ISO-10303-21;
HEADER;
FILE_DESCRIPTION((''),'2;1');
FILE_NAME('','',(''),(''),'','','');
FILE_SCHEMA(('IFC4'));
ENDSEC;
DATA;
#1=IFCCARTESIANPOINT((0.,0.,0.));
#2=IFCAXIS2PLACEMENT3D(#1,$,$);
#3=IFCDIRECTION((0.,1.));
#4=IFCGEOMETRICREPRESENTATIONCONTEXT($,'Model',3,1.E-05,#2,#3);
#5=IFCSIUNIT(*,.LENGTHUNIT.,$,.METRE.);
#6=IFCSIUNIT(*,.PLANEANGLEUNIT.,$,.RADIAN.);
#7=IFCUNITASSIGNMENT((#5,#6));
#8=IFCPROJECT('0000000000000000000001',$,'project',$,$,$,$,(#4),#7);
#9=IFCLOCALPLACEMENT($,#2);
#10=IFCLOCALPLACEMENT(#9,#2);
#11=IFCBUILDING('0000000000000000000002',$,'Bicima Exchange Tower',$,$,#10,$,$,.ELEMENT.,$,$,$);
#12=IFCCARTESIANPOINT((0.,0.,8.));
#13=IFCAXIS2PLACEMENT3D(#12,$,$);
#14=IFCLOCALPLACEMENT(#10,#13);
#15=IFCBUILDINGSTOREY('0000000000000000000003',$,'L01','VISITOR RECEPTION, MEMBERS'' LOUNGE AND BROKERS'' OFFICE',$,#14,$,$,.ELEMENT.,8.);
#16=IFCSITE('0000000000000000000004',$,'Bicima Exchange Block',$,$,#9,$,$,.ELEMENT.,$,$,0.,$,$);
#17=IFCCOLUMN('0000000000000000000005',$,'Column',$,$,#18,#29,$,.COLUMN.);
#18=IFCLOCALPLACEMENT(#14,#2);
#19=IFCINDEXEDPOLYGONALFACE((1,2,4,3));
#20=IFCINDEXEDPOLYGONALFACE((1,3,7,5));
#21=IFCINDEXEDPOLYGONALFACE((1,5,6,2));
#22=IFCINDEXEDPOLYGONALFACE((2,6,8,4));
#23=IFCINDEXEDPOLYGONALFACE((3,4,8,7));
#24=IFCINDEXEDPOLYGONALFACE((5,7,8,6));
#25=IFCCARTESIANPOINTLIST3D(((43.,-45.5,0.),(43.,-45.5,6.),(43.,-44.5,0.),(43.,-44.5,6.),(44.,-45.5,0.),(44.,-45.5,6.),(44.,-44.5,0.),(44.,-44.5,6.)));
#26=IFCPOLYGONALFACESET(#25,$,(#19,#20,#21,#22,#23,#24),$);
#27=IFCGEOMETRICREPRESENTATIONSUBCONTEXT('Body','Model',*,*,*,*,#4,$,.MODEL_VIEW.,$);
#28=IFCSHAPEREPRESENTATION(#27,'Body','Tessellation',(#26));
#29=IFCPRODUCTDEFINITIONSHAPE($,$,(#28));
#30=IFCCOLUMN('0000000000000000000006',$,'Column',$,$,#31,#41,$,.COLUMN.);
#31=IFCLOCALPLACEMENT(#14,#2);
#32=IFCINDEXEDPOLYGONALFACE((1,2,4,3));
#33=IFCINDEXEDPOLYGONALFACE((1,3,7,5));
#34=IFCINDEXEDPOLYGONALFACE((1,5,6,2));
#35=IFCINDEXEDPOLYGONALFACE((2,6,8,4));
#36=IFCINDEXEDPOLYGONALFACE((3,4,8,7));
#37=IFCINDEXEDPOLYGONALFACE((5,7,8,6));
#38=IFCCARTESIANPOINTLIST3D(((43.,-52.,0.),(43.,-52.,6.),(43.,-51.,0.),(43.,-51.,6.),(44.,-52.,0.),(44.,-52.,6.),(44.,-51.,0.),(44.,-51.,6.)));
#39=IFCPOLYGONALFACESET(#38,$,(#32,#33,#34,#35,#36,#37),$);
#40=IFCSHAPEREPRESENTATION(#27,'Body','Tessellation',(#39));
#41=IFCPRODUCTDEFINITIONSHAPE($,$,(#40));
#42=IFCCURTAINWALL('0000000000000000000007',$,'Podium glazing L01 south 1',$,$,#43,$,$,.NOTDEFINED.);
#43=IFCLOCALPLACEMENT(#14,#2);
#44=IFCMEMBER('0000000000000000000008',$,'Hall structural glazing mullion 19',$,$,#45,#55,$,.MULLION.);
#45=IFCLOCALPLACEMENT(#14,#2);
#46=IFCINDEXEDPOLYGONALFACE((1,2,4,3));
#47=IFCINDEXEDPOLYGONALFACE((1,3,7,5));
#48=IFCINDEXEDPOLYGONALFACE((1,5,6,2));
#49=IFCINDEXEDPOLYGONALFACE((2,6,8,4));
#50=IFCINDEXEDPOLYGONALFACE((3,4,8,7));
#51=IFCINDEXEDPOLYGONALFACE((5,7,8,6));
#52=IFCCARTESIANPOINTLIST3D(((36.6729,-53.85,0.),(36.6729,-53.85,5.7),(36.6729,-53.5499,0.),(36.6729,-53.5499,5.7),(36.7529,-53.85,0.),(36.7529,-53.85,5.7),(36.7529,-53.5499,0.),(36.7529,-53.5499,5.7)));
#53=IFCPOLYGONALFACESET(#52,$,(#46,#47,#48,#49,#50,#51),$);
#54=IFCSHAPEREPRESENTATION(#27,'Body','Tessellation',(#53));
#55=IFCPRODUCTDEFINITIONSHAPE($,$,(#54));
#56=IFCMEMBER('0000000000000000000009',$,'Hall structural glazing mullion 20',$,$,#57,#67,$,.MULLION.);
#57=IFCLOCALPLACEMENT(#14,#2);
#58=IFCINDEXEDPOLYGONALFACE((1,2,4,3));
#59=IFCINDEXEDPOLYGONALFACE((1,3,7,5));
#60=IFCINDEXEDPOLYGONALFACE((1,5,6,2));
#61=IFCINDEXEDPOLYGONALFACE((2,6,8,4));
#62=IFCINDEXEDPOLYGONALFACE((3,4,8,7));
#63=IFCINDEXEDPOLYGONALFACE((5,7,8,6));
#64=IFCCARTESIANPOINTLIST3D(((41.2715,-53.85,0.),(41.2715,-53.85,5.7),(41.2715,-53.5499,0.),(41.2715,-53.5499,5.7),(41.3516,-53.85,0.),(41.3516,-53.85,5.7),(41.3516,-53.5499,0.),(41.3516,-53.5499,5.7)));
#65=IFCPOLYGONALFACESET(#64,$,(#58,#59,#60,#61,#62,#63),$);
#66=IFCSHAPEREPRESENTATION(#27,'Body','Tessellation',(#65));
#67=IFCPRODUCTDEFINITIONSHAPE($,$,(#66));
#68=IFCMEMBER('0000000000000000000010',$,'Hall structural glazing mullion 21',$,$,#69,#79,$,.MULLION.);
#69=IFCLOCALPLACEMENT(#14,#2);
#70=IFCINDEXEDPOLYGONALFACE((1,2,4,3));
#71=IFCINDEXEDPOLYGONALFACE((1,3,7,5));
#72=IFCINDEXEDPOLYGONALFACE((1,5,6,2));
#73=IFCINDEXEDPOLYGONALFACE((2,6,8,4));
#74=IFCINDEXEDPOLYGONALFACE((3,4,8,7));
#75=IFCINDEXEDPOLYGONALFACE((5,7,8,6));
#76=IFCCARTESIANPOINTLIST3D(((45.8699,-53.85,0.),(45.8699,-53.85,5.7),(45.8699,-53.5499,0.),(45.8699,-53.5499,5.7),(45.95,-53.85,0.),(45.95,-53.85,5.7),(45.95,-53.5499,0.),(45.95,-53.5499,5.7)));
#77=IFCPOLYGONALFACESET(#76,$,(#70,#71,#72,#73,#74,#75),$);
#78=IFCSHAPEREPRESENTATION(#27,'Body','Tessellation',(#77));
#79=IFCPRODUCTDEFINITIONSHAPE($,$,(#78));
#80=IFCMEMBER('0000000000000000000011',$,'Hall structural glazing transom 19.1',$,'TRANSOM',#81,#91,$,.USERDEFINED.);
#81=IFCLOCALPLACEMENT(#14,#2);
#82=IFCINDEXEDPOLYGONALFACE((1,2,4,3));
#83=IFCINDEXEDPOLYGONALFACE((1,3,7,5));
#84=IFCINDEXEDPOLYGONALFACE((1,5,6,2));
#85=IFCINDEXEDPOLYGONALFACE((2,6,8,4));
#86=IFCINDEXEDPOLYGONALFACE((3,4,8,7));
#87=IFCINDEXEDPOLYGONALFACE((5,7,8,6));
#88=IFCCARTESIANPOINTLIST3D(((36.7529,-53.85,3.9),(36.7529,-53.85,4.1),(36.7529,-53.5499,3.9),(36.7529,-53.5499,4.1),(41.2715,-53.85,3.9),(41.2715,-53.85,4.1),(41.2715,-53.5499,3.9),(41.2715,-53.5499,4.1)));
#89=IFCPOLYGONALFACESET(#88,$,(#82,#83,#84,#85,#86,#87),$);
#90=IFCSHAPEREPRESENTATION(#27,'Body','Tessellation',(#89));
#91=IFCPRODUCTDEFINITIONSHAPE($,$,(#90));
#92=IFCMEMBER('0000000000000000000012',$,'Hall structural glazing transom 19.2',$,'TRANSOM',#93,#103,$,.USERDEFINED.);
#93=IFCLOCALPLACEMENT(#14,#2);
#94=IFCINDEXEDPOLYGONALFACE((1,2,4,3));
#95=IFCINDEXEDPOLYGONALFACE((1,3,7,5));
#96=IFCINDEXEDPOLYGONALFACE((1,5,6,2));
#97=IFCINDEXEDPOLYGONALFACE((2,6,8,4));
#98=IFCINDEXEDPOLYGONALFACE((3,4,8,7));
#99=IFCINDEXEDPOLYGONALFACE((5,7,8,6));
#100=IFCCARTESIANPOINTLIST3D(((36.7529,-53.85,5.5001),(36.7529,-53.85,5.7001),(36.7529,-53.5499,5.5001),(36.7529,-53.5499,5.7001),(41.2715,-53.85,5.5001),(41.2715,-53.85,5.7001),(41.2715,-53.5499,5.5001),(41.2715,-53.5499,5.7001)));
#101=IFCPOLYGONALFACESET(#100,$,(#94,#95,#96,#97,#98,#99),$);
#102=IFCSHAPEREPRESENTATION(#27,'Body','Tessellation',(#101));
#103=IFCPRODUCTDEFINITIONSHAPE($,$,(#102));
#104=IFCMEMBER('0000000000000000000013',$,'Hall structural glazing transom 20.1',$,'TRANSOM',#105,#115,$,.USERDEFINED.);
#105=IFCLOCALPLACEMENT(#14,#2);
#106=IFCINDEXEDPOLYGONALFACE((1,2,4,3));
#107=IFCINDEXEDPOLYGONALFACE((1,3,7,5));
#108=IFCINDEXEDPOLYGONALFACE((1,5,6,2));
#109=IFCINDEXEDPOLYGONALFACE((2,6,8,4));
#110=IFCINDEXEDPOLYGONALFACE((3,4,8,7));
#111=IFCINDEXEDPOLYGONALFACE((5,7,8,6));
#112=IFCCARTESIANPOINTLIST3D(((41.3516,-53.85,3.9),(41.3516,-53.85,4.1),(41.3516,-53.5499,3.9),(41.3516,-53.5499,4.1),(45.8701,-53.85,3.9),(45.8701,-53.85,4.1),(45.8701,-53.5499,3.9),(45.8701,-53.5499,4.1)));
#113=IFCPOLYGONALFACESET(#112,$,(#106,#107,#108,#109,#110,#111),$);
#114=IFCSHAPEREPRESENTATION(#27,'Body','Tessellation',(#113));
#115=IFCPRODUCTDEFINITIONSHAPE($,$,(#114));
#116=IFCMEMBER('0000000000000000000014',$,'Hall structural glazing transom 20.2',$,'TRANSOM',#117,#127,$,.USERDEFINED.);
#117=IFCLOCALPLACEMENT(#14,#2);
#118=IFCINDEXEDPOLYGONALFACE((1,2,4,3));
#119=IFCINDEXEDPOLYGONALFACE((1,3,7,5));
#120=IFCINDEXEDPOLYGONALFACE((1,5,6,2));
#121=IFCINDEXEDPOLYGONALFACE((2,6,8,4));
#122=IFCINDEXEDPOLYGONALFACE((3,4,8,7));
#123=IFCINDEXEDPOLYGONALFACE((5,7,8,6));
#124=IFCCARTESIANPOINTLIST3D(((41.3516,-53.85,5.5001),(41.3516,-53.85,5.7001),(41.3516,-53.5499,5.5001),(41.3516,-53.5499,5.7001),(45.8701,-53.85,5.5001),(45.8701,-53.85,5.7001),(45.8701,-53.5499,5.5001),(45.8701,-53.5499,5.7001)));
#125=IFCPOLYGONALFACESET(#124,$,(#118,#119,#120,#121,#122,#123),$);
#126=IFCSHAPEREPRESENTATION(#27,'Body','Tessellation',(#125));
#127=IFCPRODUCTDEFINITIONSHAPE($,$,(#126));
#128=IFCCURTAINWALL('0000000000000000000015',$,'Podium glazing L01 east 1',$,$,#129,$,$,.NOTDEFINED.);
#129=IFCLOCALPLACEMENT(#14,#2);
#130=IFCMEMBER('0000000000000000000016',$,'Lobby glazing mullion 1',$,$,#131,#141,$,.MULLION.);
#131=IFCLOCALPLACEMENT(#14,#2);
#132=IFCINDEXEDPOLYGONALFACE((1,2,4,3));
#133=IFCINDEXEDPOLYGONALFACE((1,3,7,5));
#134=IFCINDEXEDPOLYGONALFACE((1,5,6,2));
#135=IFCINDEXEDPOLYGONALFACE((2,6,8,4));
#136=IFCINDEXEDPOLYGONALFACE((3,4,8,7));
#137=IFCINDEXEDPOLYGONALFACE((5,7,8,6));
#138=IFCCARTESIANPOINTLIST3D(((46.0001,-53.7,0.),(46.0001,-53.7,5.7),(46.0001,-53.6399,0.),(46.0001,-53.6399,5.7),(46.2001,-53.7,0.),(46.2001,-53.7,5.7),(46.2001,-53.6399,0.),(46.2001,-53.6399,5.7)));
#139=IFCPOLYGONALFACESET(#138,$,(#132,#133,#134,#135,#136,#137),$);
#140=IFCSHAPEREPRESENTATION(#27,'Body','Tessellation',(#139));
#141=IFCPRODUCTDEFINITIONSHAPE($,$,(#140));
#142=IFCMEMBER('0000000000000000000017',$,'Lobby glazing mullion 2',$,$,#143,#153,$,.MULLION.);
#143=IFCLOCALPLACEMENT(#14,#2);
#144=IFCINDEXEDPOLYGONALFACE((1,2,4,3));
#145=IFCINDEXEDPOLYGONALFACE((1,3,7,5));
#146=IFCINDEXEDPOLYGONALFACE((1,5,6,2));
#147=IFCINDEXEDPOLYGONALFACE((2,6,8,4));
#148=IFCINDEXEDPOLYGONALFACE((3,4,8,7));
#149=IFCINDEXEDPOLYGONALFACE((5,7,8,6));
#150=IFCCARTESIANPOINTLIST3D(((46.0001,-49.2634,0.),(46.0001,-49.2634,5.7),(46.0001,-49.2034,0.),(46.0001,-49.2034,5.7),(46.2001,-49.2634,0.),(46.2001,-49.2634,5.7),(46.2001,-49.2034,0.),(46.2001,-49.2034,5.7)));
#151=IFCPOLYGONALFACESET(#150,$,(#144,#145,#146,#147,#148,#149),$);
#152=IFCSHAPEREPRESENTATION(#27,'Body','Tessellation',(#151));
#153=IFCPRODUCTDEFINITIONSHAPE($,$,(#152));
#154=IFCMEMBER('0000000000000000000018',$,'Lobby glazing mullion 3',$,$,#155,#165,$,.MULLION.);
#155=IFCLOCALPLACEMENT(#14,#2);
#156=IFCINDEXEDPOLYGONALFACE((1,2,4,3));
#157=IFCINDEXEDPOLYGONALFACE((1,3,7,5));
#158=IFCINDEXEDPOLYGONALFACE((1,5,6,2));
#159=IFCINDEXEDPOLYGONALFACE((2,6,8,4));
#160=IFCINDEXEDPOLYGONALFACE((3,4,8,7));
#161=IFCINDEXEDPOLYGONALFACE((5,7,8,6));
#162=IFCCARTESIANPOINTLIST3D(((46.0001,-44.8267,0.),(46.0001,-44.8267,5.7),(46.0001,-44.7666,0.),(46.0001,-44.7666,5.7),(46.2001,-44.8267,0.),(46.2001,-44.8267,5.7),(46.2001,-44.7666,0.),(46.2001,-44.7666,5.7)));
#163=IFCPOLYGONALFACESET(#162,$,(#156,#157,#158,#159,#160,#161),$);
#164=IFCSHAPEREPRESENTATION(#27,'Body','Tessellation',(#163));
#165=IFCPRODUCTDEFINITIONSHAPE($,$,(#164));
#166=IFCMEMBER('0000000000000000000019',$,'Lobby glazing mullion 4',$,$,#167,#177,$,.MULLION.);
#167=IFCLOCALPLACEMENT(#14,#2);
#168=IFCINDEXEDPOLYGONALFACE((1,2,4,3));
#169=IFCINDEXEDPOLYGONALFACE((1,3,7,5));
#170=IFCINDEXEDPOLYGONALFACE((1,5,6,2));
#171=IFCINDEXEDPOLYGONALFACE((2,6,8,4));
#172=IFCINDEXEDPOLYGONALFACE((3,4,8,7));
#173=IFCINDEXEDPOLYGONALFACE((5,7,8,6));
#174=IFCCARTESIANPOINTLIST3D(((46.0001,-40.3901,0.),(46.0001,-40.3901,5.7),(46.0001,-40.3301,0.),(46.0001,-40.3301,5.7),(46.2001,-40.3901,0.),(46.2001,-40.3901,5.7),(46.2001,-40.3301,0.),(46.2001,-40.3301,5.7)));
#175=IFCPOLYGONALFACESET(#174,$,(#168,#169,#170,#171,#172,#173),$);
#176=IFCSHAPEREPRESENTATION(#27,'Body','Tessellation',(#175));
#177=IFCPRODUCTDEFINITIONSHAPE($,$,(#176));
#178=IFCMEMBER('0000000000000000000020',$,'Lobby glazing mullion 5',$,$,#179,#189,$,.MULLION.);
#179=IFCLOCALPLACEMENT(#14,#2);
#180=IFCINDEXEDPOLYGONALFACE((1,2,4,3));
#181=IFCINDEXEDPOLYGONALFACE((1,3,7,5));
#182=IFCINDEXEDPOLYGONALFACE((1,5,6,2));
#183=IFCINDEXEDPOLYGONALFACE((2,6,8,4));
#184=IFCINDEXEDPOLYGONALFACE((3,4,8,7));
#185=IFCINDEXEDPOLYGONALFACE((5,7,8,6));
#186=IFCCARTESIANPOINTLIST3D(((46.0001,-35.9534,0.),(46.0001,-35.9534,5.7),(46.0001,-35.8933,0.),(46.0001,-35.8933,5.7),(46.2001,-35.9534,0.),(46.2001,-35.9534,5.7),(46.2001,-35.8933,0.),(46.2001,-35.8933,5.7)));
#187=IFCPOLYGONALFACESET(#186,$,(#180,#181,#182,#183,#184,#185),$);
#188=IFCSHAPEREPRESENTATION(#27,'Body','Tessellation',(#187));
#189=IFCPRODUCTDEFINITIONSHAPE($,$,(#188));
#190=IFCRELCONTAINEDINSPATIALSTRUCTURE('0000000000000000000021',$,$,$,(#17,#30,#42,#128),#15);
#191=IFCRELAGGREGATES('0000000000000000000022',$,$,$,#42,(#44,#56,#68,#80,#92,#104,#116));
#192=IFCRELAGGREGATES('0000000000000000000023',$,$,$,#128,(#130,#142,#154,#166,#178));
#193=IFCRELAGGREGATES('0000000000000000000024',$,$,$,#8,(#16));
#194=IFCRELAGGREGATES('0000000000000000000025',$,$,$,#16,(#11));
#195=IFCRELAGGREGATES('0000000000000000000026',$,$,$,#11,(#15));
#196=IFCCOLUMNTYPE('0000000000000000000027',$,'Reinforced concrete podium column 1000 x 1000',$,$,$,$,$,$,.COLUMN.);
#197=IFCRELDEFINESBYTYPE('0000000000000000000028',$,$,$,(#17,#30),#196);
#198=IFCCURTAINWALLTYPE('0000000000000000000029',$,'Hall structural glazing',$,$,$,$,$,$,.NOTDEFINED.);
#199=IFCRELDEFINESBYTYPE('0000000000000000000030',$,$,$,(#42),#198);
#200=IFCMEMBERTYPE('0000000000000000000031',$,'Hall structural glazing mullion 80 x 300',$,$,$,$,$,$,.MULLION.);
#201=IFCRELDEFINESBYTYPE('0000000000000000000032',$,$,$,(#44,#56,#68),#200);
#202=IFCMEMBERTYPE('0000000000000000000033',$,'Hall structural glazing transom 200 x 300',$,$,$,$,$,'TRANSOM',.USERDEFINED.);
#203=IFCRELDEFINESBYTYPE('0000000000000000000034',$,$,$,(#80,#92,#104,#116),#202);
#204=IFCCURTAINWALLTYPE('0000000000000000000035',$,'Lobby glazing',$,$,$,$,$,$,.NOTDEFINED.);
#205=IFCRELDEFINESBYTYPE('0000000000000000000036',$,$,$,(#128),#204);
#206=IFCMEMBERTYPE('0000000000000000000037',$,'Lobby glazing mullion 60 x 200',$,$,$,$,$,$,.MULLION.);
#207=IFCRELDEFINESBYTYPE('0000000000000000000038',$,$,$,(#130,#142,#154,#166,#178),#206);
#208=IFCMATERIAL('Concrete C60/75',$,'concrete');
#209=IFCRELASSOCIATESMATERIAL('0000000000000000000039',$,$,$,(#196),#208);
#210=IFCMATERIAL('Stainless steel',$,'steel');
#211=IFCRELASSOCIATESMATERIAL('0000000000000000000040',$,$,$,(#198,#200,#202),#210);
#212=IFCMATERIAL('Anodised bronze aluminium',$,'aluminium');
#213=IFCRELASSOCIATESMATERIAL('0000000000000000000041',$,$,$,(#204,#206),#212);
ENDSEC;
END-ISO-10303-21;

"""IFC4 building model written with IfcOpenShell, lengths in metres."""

from ifc_helpers import new_model, si_unit, direction, frame, origin, origin_2d, place, context, subcontext, project, spatial, rectangle, extrude, material, material_profile, profile_set, type_object, element, aggregate, save


model = new_model("IFC4")

# Units and contexts
model_context = context("Model", 3, precision=1e-05, world=origin(), true_north=direction((0.0, 1.0)))
body_context = subcontext(model_context, "Body", "Model", "MODEL_VIEW")
ifc_project = project(units=[si_unit("LENGTHUNIT", "METRE"), si_unit("PLANEANGLEUNIT", "RADIAN")], contexts=[model_context])

# Site, building, storey
site_placement = place(None, origin())
site = spatial("IfcSite", under=ifc_project, at=site_placement, Name="Bicima Exchange Block", CompositionType="ELEMENT", RefElevation=0.0)
building_placement = place(site_placement, origin())
building = spatial("IfcBuilding", under=site, at=building_placement, Name="Bicima Exchange Tower", CompositionType="ELEMENT")
storey_placement = place(building_placement, frame((0.0, 0.0, 8.0)))
storey = spatial("IfcBuildingStorey", under=building, at=storey_placement, Name="L01", Description="VISITOR RECEPTION, MEMBERS' LOUNGE AND BROKERS' OFFICE", CompositionType="ELEMENT", Elevation=8.0)

# Columns
ifc_material_1 = material(Name="Concrete C60/75", Category="concrete")
ifc_material_profile_1 = material_profile(ifc_material_1, rectangle(XDim=1.0, YDim=1.0, at=origin_2d()))
ifc_profile_set_1 = profile_set([ifc_material_profile_1], Name="Concrete C60/75")
column_type = type_object("IfcColumnType", Name="Reinforced concrete podium column 1000 x 1000", PredefinedType="COLUMN", material=ifc_profile_set_1)
for number, where, z_axis, x_axis, name in (
    (1, (43.5, -45.0, 0.0), (0.0, 0.0, 1.0), (1.0, 0.0, 0.0), "Column"),
    (2, (43.5, -51.5, 0.0), (0.0, 0.0, 1.0), (1.0, 0.0, 0.0), "Column"),
):
    element("IfcColumn", number, at=place(storey_placement, frame(where, z_axis=z_axis, x_axis=x_axis)), inside=storey, type_object=column_type, Name=name, PredefinedType="COLUMN", context=body_context, shape_type="SweptSolid", body=[
        extrude(rectangle(XDim=1.0, YDim=1.0, at=origin_2d()), origin(), (0.0, 0.0, 1.0), 6.0),
    ])

# Curtain walls, members
ifc_material_2 = material(Name="Stainless steel", Category="steel")
curtain_wall_type_1 = type_object("IfcCurtainWallType", Name="Hall structural glazing", PredefinedType="NOTDEFINED", material=ifc_material_2)
curtain_wall_1_placement = place(storey_placement, origin())
curtain_wall_1 = element("IfcCurtainWall", 3, at=curtain_wall_1_placement, inside=storey, type_object=curtain_wall_type_1, Name="Podium glazing L01 south 1", PredefinedType="NOTDEFINED")
ifc_material_profile_2 = material_profile(ifc_material_2, rectangle(XDim=0.3, YDim=0.0801, at=origin_2d()))
ifc_profile_set_2 = profile_set([ifc_material_profile_2], Name="Stainless steel")
member_type_1 = type_object("IfcMemberType", Name="Hall structural glazing mullion 80 x 300", PredefinedType="MULLION", material=ifc_profile_set_2)
member_1_placement = place(storey_placement, frame((36.7129, -53.7, 0.0), z_axis=(0.0, 0.0, 1.0), x_axis=(0.0, 1.0, 0.0)))
member_1 = element("IfcMember", 4, at=member_1_placement, type_object=member_type_1, Name="Hall structural glazing mullion 19", PredefinedType="MULLION", context=body_context, shape_type="SweptSolid", body=[
    extrude(rectangle(XDim=0.3, YDim=0.0801, at=origin_2d()), origin(), (0.0, 0.0, 1.0), 5.7),
])
member_2_placement = place(storey_placement, frame((41.3115, -53.7, 0.0), z_axis=(0.0, 0.0, 1.0), x_axis=(0.0, 1.0, 0.0)))
member_2 = element("IfcMember", 5, at=member_2_placement, type_object=member_type_1, Name="Hall structural glazing mullion 20", PredefinedType="MULLION", context=body_context, shape_type="SweptSolid", body=[
    extrude(rectangle(XDim=0.3, YDim=0.0801, at=origin_2d()), origin(), (0.0, 0.0, 1.0), 5.7),
])
member_3_placement = place(storey_placement, frame((45.9099, -53.7, 0.0), z_axis=(0.0, 0.0, 1.0), x_axis=(0.0, 1.0, 0.0)))
member_3 = element("IfcMember", 6, at=member_3_placement, type_object=member_type_1, Name="Hall structural glazing mullion 21", PredefinedType="MULLION", context=body_context, shape_type="SweptSolid", body=[
    extrude(rectangle(XDim=0.3, YDim=0.0801, at=origin_2d()), origin(), (0.0, 0.0, 1.0), 5.7),
])
ifc_material_profile_3 = material_profile(ifc_material_2, rectangle(XDim=0.3, YDim=0.2, at=origin_2d()))
ifc_profile_set_3 = profile_set([ifc_material_profile_3], Name="Stainless steel")
member_type_2 = type_object("IfcMemberType", Name="Hall structural glazing transom 200 x 300", ElementType="TRANSOM", PredefinedType="USERDEFINED", material=ifc_profile_set_3)
member_4_placement = place(storey_placement, frame((36.7529, -53.7, 4.0), z_axis=(1.0, 0.0, 0.0), x_axis=(0.0, 1.0, 0.0)))
member_4 = element("IfcMember", 7, at=member_4_placement, type_object=member_type_2, Name="Hall structural glazing transom 19.1", ObjectType="TRANSOM", PredefinedType="USERDEFINED", context=body_context, shape_type="SweptSolid", body=[
    extrude(rectangle(XDim=0.3, YDim=0.2, at=origin_2d()), origin(), (0.0, 0.0, 1.0), 4.5186),
])
member_5_placement = place(storey_placement, frame((36.7529, -53.7, 5.6001), z_axis=(1.0, 0.0, 0.0), x_axis=(0.0, 1.0, 0.0)))
member_5 = element("IfcMember", 8, at=member_5_placement, type_object=member_type_2, Name="Hall structural glazing transom 19.2", ObjectType="TRANSOM", PredefinedType="USERDEFINED", context=body_context, shape_type="SweptSolid", body=[
    extrude(rectangle(XDim=0.3, YDim=0.2, at=origin_2d()), origin(), (0.0, 0.0, 1.0), 4.5186),
])
member_6_placement = place(storey_placement, frame((41.3516, -53.7, 4.0), z_axis=(1.0, 0.0, 0.0), x_axis=(0.0, 1.0, 0.0)))
member_6 = element("IfcMember", 9, at=member_6_placement, type_object=member_type_2, Name="Hall structural glazing transom 20.1", ObjectType="TRANSOM", PredefinedType="USERDEFINED", context=body_context, shape_type="SweptSolid", body=[
    extrude(rectangle(XDim=0.3, YDim=0.2, at=origin_2d()), origin(), (0.0, 0.0, 1.0), 4.5186),
])
member_7_placement = place(storey_placement, frame((41.3516, -53.7, 5.6001), z_axis=(1.0, 0.0, 0.0), x_axis=(0.0, 1.0, 0.0)))
member_7 = element("IfcMember", 10, at=member_7_placement, type_object=member_type_2, Name="Hall structural glazing transom 20.2", ObjectType="TRANSOM", PredefinedType="USERDEFINED", context=body_context, shape_type="SweptSolid", body=[
    extrude(rectangle(XDim=0.3, YDim=0.2, at=origin_2d()), origin(), (0.0, 0.0, 1.0), 4.5186),
])
ifc_material_3 = material(Name="Anodised bronze aluminium", Category="aluminium")
curtain_wall_type_2 = type_object("IfcCurtainWallType", Name="Lobby glazing", PredefinedType="NOTDEFINED", material=ifc_material_3)
curtain_wall_2_placement = place(storey_placement, origin())
curtain_wall_2 = element("IfcCurtainWall", 11, at=curtain_wall_2_placement, inside=storey, type_object=curtain_wall_type_2, Name="Podium glazing L01 east 1", PredefinedType="NOTDEFINED")
ifc_material_profile_4 = material_profile(ifc_material_3, rectangle(XDim=0.2, YDim=0.0601, at=origin_2d()))
ifc_profile_set_4 = profile_set([ifc_material_profile_4], Name="Anodised bronze aluminium")
member_type_3 = type_object("IfcMemberType", Name="Lobby glazing mullion 60 x 200", PredefinedType="MULLION", material=ifc_profile_set_4)
member_8_placement = place(storey_placement, frame((46.1001, -53.6699, 0.0), z_axis=(0.0, 0.0, 1.0), x_axis=(-1.0, 0.0, 0.0)))
member_8 = element("IfcMember", 12, at=member_8_placement, type_object=member_type_3, Name="Lobby glazing mullion 1", PredefinedType="MULLION", context=body_context, shape_type="SweptSolid", body=[
    extrude(rectangle(XDim=0.2, YDim=0.0601, at=origin_2d()), origin(), (0.0, 0.0, 1.0), 5.7),
])
member_9_placement = place(storey_placement, frame((46.1001, -49.2334, 0.0), z_axis=(0.0, 0.0, 1.0), x_axis=(-1.0, 0.0, 0.0)))
member_9 = element("IfcMember", 13, at=member_9_placement, type_object=member_type_3, Name="Lobby glazing mullion 2", PredefinedType="MULLION", context=body_context, shape_type="SweptSolid", body=[
    extrude(rectangle(XDim=0.2, YDim=0.0601, at=origin_2d()), origin(), (0.0, 0.0, 1.0), 5.7),
])
member_10_placement = place(storey_placement, frame((46.1001, -44.7966, 0.0), z_axis=(0.0, 0.0, 1.0), x_axis=(-1.0, 0.0, 0.0)))
member_10 = element("IfcMember", 14, at=member_10_placement, type_object=member_type_3, Name="Lobby glazing mullion 3", PredefinedType="MULLION", context=body_context, shape_type="SweptSolid", body=[
    extrude(rectangle(XDim=0.2, YDim=0.0601, at=origin_2d()), origin(), (0.0, 0.0, 1.0), 5.7),
])
member_11_placement = place(storey_placement, frame((46.1001, -40.3601, 0.0), z_axis=(0.0, 0.0, 1.0), x_axis=(-1.0, 0.0, 0.0)))
member_11 = element("IfcMember", 15, at=member_11_placement, type_object=member_type_3, Name="Lobby glazing mullion 4", PredefinedType="MULLION", context=body_context, shape_type="SweptSolid", body=[
    extrude(rectangle(XDim=0.2, YDim=0.0601, at=origin_2d()), origin(), (0.0, 0.0, 1.0), 5.7),
])
member_12_placement = place(storey_placement, frame((46.1001, -35.9233, 0.0), z_axis=(0.0, 0.0, 1.0), x_axis=(-1.0, 0.0, 0.0)))
member_12 = element("IfcMember", 16, at=member_12_placement, type_object=member_type_3, Name="Lobby glazing mullion 5", PredefinedType="MULLION", context=body_context, shape_type="SweptSolid", body=[
    extrude(rectangle(XDim=0.2, YDim=0.0601, at=origin_2d()), origin(), (0.0, 0.0, 1.0), 5.7),
])

aggregate(curtain_wall_1, [member_1, member_2, member_3, member_4, member_5, member_6, member_7])
aggregate(curtain_wall_2, [member_8, member_9, member_10, member_11, member_12])

save(model, "model.ifc")
